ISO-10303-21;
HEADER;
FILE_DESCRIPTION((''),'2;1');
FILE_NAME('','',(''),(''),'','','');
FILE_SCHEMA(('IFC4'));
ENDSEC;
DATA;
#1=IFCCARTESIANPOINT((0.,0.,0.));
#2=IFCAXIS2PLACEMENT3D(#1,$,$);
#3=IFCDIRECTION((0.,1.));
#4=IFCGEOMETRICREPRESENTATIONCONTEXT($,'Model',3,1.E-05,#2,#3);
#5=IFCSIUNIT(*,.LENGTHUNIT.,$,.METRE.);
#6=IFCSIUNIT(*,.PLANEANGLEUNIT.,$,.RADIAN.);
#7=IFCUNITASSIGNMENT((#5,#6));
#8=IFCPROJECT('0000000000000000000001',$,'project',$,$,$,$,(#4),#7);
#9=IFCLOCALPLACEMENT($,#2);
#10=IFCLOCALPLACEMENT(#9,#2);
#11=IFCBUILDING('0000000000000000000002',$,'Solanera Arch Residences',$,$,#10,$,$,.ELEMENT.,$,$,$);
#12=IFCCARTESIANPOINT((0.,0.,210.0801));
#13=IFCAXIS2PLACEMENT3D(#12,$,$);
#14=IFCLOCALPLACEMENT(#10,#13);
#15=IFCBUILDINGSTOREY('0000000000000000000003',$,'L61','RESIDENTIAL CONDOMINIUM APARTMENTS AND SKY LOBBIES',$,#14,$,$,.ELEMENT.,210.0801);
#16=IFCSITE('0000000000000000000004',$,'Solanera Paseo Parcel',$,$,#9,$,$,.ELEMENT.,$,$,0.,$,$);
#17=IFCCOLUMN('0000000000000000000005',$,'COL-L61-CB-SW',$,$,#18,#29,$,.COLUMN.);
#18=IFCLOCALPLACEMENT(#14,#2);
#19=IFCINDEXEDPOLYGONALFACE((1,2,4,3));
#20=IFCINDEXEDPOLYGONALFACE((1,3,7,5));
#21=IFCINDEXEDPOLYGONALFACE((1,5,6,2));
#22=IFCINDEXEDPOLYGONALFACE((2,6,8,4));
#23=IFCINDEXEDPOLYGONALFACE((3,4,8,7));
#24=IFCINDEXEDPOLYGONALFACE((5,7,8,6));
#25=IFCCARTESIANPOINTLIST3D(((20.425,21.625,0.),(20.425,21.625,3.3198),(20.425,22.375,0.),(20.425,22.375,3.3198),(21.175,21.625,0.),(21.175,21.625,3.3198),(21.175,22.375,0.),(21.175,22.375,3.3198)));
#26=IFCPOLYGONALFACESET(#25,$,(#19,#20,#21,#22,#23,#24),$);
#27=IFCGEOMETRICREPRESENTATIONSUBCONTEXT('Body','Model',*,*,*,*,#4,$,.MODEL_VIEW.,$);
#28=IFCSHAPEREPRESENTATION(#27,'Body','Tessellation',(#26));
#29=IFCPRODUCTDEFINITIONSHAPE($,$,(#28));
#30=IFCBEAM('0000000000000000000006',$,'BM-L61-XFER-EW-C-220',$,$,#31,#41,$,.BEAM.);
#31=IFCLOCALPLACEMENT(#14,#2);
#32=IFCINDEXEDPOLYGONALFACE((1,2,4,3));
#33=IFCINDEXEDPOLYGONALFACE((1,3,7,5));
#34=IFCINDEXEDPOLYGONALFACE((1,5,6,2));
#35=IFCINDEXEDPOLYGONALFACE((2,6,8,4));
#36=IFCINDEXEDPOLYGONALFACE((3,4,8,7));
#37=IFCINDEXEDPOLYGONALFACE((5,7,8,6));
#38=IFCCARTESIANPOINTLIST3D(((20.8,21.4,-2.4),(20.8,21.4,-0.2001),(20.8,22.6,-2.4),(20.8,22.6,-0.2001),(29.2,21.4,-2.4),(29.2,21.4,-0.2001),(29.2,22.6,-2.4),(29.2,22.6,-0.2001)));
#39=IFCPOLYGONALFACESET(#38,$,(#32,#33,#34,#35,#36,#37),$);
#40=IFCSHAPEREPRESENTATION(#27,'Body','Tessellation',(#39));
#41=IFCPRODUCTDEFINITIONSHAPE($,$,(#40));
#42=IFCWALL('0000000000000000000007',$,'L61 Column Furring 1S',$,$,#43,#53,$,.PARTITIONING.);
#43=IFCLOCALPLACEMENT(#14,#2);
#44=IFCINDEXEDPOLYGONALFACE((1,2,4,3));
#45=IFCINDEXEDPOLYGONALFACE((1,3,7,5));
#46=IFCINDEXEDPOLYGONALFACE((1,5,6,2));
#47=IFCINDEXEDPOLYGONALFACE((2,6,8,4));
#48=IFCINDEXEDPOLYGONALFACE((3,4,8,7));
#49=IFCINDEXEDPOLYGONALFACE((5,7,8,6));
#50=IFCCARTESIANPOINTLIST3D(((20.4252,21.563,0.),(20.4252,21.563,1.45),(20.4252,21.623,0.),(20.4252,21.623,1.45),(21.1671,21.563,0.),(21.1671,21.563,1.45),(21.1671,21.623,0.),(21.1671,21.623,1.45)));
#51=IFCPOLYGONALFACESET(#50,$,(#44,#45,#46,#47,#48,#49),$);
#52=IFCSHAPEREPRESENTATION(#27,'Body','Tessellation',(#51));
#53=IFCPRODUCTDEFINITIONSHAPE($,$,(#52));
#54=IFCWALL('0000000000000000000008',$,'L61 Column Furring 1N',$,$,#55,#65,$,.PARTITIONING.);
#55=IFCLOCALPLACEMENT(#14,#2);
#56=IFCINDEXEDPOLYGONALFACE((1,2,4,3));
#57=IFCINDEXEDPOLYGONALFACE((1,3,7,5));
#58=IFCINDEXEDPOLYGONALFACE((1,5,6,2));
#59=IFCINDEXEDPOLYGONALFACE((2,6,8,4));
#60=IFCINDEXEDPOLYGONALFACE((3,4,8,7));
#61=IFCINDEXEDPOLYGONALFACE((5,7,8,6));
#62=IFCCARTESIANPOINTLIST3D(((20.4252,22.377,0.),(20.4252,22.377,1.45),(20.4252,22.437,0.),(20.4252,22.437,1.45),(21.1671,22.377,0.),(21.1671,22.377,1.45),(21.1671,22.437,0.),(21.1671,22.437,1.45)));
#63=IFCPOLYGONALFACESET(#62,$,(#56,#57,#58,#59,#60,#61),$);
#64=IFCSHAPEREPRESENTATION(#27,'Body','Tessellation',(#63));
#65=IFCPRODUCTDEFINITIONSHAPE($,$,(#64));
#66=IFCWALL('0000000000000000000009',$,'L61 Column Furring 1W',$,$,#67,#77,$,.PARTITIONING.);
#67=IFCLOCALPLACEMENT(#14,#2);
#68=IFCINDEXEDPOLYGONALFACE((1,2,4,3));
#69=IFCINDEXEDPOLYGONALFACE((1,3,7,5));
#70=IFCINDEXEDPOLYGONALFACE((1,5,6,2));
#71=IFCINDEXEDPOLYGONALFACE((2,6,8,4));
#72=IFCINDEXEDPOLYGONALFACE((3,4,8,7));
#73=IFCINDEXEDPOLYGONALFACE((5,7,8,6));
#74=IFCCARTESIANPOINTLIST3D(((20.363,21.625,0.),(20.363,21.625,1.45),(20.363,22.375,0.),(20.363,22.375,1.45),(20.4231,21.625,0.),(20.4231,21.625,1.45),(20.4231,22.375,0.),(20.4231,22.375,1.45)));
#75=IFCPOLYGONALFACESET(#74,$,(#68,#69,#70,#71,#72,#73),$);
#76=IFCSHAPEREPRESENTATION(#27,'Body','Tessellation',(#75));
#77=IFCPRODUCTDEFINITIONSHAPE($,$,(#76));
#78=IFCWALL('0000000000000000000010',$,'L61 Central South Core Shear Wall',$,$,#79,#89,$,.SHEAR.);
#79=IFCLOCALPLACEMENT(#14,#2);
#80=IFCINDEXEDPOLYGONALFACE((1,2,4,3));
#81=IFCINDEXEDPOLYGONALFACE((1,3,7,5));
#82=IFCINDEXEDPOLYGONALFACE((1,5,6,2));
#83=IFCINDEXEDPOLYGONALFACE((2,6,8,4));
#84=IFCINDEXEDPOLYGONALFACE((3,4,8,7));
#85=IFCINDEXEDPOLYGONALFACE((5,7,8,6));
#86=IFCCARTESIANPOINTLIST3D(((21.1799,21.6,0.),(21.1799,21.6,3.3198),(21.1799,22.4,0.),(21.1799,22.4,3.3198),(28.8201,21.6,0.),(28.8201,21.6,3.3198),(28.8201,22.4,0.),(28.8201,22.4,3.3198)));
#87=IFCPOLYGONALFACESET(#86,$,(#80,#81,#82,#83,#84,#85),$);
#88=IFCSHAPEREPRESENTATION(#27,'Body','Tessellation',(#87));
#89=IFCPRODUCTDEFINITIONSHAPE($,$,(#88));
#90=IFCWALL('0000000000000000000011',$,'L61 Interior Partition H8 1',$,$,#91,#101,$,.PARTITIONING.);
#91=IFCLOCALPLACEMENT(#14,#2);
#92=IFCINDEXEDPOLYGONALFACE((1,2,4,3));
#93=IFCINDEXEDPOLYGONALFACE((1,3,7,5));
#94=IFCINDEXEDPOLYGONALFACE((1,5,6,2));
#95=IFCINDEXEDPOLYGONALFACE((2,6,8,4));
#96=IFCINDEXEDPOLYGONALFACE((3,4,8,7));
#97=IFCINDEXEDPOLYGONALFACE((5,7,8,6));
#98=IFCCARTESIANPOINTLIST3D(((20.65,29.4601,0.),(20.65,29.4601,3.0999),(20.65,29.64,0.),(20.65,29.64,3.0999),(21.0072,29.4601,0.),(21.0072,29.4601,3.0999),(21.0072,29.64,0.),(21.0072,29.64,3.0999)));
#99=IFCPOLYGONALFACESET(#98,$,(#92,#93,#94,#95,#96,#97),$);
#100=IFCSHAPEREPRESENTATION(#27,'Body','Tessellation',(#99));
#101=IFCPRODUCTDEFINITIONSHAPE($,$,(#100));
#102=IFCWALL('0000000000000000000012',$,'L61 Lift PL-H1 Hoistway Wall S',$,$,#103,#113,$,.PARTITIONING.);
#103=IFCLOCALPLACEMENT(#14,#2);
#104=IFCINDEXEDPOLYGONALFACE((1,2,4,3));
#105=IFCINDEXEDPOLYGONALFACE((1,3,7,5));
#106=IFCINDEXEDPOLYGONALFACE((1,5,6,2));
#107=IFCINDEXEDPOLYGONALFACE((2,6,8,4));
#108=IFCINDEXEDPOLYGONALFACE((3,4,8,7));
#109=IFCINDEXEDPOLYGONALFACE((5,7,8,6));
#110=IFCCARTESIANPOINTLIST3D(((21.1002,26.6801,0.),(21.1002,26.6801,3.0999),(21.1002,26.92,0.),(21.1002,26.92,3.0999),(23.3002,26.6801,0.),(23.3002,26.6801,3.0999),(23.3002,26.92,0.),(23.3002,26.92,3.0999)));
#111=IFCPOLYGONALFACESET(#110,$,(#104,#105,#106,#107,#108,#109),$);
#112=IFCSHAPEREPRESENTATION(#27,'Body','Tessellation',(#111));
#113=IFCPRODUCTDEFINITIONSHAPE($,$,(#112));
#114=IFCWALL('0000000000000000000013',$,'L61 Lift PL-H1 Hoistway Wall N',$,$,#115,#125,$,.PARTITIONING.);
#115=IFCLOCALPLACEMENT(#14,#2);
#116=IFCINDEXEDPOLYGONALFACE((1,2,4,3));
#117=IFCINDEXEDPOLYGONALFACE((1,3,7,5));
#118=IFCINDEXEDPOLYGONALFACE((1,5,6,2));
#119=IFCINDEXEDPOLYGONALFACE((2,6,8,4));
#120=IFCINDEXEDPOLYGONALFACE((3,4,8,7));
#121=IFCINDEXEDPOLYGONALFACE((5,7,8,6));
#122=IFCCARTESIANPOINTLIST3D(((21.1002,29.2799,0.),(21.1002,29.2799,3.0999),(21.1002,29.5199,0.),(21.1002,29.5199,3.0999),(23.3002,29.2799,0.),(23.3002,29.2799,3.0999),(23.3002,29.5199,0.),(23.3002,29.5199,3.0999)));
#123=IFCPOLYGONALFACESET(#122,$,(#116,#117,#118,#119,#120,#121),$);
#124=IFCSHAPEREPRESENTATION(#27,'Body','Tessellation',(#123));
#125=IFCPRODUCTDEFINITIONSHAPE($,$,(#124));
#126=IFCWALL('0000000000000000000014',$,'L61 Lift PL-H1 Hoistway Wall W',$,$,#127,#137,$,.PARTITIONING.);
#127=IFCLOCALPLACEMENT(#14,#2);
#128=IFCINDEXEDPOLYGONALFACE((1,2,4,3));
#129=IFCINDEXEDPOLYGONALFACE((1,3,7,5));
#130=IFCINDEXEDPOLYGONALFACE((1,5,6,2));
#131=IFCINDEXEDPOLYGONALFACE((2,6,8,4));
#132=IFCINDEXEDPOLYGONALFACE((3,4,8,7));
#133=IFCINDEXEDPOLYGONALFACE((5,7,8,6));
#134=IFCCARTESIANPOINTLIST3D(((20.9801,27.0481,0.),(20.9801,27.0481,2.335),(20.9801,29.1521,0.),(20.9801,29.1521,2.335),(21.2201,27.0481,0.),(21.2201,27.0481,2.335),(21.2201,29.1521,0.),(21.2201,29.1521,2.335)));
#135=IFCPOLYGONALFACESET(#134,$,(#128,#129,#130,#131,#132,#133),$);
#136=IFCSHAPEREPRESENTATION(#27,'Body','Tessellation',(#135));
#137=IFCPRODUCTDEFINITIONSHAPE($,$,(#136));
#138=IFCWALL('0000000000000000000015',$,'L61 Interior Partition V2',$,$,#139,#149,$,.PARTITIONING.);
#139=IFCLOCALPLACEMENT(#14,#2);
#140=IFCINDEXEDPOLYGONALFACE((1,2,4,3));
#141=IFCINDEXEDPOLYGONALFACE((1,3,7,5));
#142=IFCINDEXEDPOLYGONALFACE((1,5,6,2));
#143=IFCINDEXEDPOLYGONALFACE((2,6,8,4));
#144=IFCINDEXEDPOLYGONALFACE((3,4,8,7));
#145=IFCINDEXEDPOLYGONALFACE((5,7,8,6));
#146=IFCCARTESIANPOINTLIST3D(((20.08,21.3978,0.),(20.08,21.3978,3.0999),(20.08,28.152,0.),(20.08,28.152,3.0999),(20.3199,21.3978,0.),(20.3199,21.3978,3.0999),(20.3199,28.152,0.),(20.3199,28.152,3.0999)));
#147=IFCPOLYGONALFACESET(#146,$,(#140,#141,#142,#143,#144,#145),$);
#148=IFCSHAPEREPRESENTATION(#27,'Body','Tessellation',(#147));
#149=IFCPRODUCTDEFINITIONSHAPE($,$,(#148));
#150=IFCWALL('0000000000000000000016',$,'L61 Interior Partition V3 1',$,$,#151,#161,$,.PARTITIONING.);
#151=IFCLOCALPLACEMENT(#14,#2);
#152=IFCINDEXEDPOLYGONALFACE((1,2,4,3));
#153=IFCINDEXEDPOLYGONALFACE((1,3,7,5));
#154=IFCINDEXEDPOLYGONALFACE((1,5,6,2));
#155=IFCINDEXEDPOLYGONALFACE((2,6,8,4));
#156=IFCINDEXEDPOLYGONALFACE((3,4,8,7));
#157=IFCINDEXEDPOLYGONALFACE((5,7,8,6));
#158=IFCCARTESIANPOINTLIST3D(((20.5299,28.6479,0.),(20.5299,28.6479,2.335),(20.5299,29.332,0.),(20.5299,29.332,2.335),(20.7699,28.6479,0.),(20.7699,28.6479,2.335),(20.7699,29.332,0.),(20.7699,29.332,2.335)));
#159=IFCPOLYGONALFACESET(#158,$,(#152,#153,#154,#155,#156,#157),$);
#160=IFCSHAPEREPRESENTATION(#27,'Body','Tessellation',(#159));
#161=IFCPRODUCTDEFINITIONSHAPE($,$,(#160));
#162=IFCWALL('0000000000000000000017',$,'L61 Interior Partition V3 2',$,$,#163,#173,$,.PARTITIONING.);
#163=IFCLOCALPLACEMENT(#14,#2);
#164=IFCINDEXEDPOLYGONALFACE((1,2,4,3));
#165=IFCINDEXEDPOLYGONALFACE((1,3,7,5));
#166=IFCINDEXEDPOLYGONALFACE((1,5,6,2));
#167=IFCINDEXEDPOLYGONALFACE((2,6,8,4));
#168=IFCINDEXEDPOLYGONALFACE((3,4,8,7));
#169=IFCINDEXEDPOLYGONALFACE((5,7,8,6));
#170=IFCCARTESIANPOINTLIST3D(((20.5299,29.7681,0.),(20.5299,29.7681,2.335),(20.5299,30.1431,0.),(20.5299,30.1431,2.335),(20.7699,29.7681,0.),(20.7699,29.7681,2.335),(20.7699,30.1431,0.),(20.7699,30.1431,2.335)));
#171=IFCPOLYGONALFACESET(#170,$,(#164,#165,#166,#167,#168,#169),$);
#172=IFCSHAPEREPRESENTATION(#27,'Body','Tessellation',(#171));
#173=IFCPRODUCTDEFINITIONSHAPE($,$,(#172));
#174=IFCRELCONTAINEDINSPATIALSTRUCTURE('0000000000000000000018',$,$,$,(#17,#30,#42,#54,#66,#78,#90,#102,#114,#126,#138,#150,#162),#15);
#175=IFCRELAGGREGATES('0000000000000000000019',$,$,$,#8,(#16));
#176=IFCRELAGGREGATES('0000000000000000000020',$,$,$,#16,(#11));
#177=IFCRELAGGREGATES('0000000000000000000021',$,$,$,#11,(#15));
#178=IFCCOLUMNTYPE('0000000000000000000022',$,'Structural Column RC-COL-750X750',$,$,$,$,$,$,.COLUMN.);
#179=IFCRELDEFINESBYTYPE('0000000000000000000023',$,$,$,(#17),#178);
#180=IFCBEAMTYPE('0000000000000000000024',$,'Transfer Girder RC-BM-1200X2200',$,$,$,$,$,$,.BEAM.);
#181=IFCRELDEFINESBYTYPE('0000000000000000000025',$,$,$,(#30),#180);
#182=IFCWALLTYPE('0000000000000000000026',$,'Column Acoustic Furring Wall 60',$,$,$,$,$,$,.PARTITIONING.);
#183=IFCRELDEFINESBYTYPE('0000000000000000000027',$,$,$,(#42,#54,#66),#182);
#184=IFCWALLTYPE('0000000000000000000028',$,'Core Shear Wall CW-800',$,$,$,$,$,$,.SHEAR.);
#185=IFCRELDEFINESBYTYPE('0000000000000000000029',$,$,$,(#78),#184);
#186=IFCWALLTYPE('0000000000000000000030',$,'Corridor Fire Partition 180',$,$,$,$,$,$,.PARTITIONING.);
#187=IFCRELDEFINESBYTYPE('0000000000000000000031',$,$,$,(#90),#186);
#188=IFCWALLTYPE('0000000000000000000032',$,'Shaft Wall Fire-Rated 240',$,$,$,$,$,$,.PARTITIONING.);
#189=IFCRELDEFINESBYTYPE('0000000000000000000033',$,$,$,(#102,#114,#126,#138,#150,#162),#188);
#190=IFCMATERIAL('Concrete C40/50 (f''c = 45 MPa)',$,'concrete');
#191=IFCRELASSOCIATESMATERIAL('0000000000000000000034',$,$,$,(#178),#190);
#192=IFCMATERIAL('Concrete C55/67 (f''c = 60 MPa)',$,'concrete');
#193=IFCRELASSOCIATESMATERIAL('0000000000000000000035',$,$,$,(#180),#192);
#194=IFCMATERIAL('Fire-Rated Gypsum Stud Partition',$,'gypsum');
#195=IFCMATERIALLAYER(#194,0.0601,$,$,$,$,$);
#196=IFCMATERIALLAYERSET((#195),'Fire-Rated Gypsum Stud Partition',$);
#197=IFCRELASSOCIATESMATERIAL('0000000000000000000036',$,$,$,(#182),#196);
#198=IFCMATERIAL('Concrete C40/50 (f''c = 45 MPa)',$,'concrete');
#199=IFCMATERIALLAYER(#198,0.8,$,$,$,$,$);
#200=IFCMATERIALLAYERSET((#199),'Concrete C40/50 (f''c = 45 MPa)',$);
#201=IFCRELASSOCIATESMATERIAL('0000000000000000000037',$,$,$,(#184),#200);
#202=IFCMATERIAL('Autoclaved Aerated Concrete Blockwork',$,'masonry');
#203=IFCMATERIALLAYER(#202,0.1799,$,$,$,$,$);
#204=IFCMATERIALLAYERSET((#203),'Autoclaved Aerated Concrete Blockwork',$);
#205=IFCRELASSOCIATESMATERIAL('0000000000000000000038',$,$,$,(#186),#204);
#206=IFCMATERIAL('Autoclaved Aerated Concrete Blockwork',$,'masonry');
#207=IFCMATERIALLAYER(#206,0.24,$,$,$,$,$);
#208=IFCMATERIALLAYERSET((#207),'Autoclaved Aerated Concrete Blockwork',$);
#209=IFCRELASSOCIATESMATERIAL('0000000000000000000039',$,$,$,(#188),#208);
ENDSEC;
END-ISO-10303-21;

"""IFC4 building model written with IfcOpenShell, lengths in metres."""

from ifc_helpers import new_model, si_unit, direction, frame, frame_2d, origin, origin_2d, place, context, subcontext, project, spatial, rectangle, extrude, material, layer, layer_set, material_profile, profile_set, type_object, element, save


model = new_model("IFC4")

# Units and contexts
model_context = context("Model", 3, precision=1e-05, world=origin(), true_north=direction((0.0, 1.0)))
body_context = subcontext(model_context, "Body", "Model", "MODEL_VIEW")
ifc_project = project(units=[si_unit("LENGTHUNIT", "METRE"), si_unit("PLANEANGLEUNIT", "RADIAN")], contexts=[model_context])

# Site, building, storey
site_placement = place(None, origin())
site = spatial("IfcSite", under=ifc_project, at=site_placement, Name="Solanera Paseo Parcel", CompositionType="ELEMENT", RefElevation=0.0)
building_placement = place(site_placement, origin())
building = spatial("IfcBuilding", under=site, at=building_placement, Name="Solanera Arch Residences", CompositionType="ELEMENT")
storey_placement = place(building_placement, frame((0.0, 0.0, 210.0801)))
storey = spatial("IfcBuildingStorey", under=building, at=storey_placement, Name="L61", Description="RESIDENTIAL CONDOMINIUM APARTMENTS AND SKY LOBBIES", CompositionType="ELEMENT", Elevation=210.0801)

# Column
ifc_material_1 = material(Name="Concrete C40/50 (f'c = 45 MPa)", Category="concrete")
ifc_material_profile_1 = material_profile(ifc_material_1, rectangle(XDim=0.75, YDim=0.75, at=origin_2d()))
ifc_profile_set_1 = profile_set([ifc_material_profile_1], Name="Concrete C40/50 (f'c = 45 MPa)")
column_type = type_object("IfcColumnType", Name="Structural Column RC-COL-750X750", PredefinedType="COLUMN", material=ifc_profile_set_1)
column_placement = place(storey_placement, frame((20.8, 22.0, 0.0), z_axis=(0.0, 0.0, 1.0), x_axis=(1.0, 0.0, 0.0)))
element("IfcColumn", 1, at=column_placement, inside=storey, type_object=column_type, Name="COL-L61-CB-SW", PredefinedType="COLUMN", context=body_context, shape_type="SweptSolid", body=[
    extrude(rectangle(XDim=0.75, YDim=0.75, at=origin_2d()), origin(), (0.0, 0.0, 1.0), 3.3198),
])

# Beam
ifc_material_2 = material(Name="Concrete C55/67 (f'c = 60 MPa)", Category="concrete")
ifc_material_profile_2 = material_profile(ifc_material_2, rectangle(XDim=1.2, YDim=2.2, at=origin_2d()))
ifc_profile_set_2 = profile_set([ifc_material_profile_2], Name="Concrete C55/67 (f'c = 60 MPa)")
beam_type = type_object("IfcBeamType", Name="Transfer Girder RC-BM-1200X2200", PredefinedType="BEAM", material=ifc_profile_set_2)
beam_placement = place(storey_placement, frame((20.8, 22.0, -1.3), z_axis=(1.0, 0.0, 0.0), x_axis=(0.0, 1.0, 0.0)))
element("IfcBeam", 2, at=beam_placement, inside=storey, type_object=beam_type, Name="BM-L61-XFER-EW-C-220", PredefinedType="BEAM", context=body_context, shape_type="SweptSolid", body=[
    extrude(rectangle(XDim=1.2, YDim=2.2, at=origin_2d()), origin(), (0.0, 0.0, 1.0), 8.3999),
])

# Walls
ifc_material_3 = material(Name="Fire-Rated Gypsum Stud Partition", Category="gypsum")
ifc_layer_1 = layer(ifc_material_3, 0.0601)
ifc_layer_set_1 = layer_set([ifc_layer_1], Name="Fire-Rated Gypsum Stud Partition")
wall_type_1 = type_object("IfcWallType", Name="Column Acoustic Furring Wall 60", PredefinedType="PARTITIONING", material=ifc_layer_set_1)
for number, where, z_axis, x_axis, name in (
    (3, (20.425, 21.593, 0.0), (0.0, 0.0, 1.0), (1.0, 0.0, 0.0), "L61 Column Furring 1S"),
    (4, (20.425, 22.407, 0.0), (0.0, 0.0, 1.0), (1.0, 0.0, 0.0), "L61 Column Furring 1N"),
):
    element("IfcWall", number, at=place(storey_placement, frame(where, z_axis=z_axis, x_axis=x_axis)), inside=storey, type_object=wall_type_1, Name=name, PredefinedType="PARTITIONING", context=body_context, shape_type="SweptSolid", body=[
        extrude(rectangle(XDim=0.7419, YDim=0.0601, at=frame_2d((0.3711, 0.0))), origin(), (0.0, 0.0, 1.0), 1.45),
    ])
wall_1_placement = place(storey_placement, frame((20.3931, 21.625, 0.0), z_axis=(0.0, 0.0, 1.0), x_axis=(0.0, 1.0, 0.0)))
element("IfcWall", 5, at=wall_1_placement, inside=storey, type_object=wall_type_1, Name="L61 Column Furring 1W", PredefinedType="PARTITIONING", context=body_context, shape_type="SweptSolid", body=[
    extrude(rectangle(XDim=0.75, YDim=0.0601, at=frame_2d((0.375, 0.0))), origin(), (0.0, 0.0, 1.0), 1.45),
])

# Walls
ifc_material_4 = material(Name="Concrete C40/50 (f'c = 45 MPa)", Category="concrete")
ifc_layer_2 = layer(ifc_material_4, 0.8)
ifc_layer_set_2 = layer_set([ifc_layer_2], Name="Concrete C40/50 (f'c = 45 MPa)")
wall_type_2 = type_object("IfcWallType", Name="Core Shear Wall CW-800", PredefinedType="SHEAR", material=ifc_layer_set_2)
wall_2_placement = place(storey_placement, frame((21.1799, 22.0, 0.0), z_axis=(0.0, 0.0, 1.0), x_axis=(1.0, 0.0, 0.0)))
element("IfcWall", 6, at=wall_2_placement, inside=storey, type_object=wall_type_2, Name="L61 Central South Core Shear Wall", PredefinedType="SHEAR", context=body_context, shape_type="SweptSolid", body=[
    extrude(rectangle(XDim=7.6401, YDim=0.8, at=frame_2d((3.8201, 0.0))), origin(), (0.0, 0.0, 1.0), 3.3198),
])
ifc_material_5 = material(Name="Autoclaved Aerated Concrete Blockwork", Category="masonry")
ifc_layer_3 = layer(ifc_material_5, 0.1799)
ifc_layer_set_3 = layer_set([ifc_layer_3], Name="Autoclaved Aerated Concrete Blockwork")
wall_type_3 = type_object("IfcWallType", Name="Corridor Fire Partition 180", PredefinedType="PARTITIONING", material=ifc_layer_set_3)
wall_3_placement = place(storey_placement, frame((20.6499, 29.55, 0.0), z_axis=(0.0, 0.0, 1.0), x_axis=(1.0, 0.0, 0.0)))
element("IfcWall", 7, at=wall_3_placement, inside=storey, type_object=wall_type_3, Name="L61 Interior Partition H8 1", PredefinedType="PARTITIONING", context=body_context, shape_type="SweptSolid", body=[
    extrude(rectangle(XDim=0.3572, YDim=0.1799, at=frame_2d((0.1787, 0.0))), origin(), (0.0, 0.0, 1.0), 3.0999),
])
ifc_material_6 = material(Name="Autoclaved Aerated Concrete Blockwork", Category="masonry")
ifc_layer_4 = layer(ifc_material_6, 0.24)
ifc_layer_set_4 = layer_set([ifc_layer_4], Name="Autoclaved Aerated Concrete Blockwork")
wall_type_4 = type_object("IfcWallType", Name="Shaft Wall Fire-Rated 240", PredefinedType="PARTITIONING", material=ifc_layer_set_4)
for number, where, z_axis, x_axis, name in (
    (8, (21.1001, 26.8, 0.0), (0.0, 0.0, 1.0), (1.0, 0.0, 0.0), "L61 Lift PL-H1 Hoistway Wall S"),
    (9, (21.1001, 29.3999, 0.0), (0.0, 0.0, 1.0), (1.0, 0.0, 0.0), "L61 Lift PL-H1 Hoistway Wall N"),
):
    element("IfcWall", number, at=place(storey_placement, frame(where, z_axis=z_axis, x_axis=x_axis)), inside=storey, type_object=wall_type_4, Name=name, PredefinedType="PARTITIONING", context=body_context, shape_type="SweptSolid", body=[
        extrude(rectangle(XDim=2.2, YDim=0.24, at=frame_2d((1.1001, 0.0))), origin(), (0.0, 0.0, 1.0), 3.0999),
    ])
wall_4_placement = place(storey_placement, frame((21.1001, 27.0481, 0.0), z_axis=(0.0, 0.0, 1.0), x_axis=(0.0, 1.0, 0.0)))
element("IfcWall", 10, at=wall_4_placement, inside=storey, type_object=wall_type_4, Name="L61 Lift PL-H1 Hoistway Wall W", PredefinedType="PARTITIONING", context=body_context, shape_type="SweptSolid", body=[
    extrude(rectangle(XDim=2.104, YDim=0.24, at=frame_2d((1.052, 0.0))), origin(), (0.0, 0.0, 1.0), 2.335),
])

# Walls
wall_5_placement = place(storey_placement, frame((20.2, 21.3979, 0.0), z_axis=(0.0, 0.0, 1.0), x_axis=(0.0, 1.0, 0.0)))
element("IfcWall", 11, at=wall_5_placement, inside=storey, type_object=wall_type_4, Name="L61 Interior Partition V2", PredefinedType="PARTITIONING", context=body_context, shape_type="SweptSolid", body=[
    extrude(rectangle(XDim=6.7542, YDim=0.24, at=frame_2d((3.377, 0.0))), origin(), (0.0, 0.0, 1.0), 3.0999),
])
wall_6_placement = place(storey_placement, frame((20.6499, 28.6479, 0.0), z_axis=(0.0, 0.0, 1.0), x_axis=(0.0, 1.0, 0.0)))
element("IfcWall", 12, at=wall_6_placement, inside=storey, type_object=wall_type_4, Name="L61 Interior Partition V3 1", PredefinedType="PARTITIONING", context=body_context, shape_type="SweptSolid", body=[
    extrude(rectangle(XDim=0.6841, YDim=0.24, at=frame_2d((0.342, 0.0))), origin(), (0.0, 0.0, 1.0), 2.335),
])
wall_7_placement = place(storey_placement, frame((20.6499, 29.7681, 0.0), z_axis=(0.0, 0.0, 1.0), x_axis=(0.0, 1.0, 0.0)))
element("IfcWall", 13, at=wall_7_placement, inside=storey, type_object=wall_type_4, Name="L61 Interior Partition V3 2", PredefinedType="PARTITIONING", context=body_context, shape_type="SweptSolid", body=[
    extrude(rectangle(XDim=0.375, YDim=0.24, at=frame_2d((0.1875, 0.0))), origin(), (0.0, 0.0, 1.0), 2.335),
])

save(model, "model.ifc")
